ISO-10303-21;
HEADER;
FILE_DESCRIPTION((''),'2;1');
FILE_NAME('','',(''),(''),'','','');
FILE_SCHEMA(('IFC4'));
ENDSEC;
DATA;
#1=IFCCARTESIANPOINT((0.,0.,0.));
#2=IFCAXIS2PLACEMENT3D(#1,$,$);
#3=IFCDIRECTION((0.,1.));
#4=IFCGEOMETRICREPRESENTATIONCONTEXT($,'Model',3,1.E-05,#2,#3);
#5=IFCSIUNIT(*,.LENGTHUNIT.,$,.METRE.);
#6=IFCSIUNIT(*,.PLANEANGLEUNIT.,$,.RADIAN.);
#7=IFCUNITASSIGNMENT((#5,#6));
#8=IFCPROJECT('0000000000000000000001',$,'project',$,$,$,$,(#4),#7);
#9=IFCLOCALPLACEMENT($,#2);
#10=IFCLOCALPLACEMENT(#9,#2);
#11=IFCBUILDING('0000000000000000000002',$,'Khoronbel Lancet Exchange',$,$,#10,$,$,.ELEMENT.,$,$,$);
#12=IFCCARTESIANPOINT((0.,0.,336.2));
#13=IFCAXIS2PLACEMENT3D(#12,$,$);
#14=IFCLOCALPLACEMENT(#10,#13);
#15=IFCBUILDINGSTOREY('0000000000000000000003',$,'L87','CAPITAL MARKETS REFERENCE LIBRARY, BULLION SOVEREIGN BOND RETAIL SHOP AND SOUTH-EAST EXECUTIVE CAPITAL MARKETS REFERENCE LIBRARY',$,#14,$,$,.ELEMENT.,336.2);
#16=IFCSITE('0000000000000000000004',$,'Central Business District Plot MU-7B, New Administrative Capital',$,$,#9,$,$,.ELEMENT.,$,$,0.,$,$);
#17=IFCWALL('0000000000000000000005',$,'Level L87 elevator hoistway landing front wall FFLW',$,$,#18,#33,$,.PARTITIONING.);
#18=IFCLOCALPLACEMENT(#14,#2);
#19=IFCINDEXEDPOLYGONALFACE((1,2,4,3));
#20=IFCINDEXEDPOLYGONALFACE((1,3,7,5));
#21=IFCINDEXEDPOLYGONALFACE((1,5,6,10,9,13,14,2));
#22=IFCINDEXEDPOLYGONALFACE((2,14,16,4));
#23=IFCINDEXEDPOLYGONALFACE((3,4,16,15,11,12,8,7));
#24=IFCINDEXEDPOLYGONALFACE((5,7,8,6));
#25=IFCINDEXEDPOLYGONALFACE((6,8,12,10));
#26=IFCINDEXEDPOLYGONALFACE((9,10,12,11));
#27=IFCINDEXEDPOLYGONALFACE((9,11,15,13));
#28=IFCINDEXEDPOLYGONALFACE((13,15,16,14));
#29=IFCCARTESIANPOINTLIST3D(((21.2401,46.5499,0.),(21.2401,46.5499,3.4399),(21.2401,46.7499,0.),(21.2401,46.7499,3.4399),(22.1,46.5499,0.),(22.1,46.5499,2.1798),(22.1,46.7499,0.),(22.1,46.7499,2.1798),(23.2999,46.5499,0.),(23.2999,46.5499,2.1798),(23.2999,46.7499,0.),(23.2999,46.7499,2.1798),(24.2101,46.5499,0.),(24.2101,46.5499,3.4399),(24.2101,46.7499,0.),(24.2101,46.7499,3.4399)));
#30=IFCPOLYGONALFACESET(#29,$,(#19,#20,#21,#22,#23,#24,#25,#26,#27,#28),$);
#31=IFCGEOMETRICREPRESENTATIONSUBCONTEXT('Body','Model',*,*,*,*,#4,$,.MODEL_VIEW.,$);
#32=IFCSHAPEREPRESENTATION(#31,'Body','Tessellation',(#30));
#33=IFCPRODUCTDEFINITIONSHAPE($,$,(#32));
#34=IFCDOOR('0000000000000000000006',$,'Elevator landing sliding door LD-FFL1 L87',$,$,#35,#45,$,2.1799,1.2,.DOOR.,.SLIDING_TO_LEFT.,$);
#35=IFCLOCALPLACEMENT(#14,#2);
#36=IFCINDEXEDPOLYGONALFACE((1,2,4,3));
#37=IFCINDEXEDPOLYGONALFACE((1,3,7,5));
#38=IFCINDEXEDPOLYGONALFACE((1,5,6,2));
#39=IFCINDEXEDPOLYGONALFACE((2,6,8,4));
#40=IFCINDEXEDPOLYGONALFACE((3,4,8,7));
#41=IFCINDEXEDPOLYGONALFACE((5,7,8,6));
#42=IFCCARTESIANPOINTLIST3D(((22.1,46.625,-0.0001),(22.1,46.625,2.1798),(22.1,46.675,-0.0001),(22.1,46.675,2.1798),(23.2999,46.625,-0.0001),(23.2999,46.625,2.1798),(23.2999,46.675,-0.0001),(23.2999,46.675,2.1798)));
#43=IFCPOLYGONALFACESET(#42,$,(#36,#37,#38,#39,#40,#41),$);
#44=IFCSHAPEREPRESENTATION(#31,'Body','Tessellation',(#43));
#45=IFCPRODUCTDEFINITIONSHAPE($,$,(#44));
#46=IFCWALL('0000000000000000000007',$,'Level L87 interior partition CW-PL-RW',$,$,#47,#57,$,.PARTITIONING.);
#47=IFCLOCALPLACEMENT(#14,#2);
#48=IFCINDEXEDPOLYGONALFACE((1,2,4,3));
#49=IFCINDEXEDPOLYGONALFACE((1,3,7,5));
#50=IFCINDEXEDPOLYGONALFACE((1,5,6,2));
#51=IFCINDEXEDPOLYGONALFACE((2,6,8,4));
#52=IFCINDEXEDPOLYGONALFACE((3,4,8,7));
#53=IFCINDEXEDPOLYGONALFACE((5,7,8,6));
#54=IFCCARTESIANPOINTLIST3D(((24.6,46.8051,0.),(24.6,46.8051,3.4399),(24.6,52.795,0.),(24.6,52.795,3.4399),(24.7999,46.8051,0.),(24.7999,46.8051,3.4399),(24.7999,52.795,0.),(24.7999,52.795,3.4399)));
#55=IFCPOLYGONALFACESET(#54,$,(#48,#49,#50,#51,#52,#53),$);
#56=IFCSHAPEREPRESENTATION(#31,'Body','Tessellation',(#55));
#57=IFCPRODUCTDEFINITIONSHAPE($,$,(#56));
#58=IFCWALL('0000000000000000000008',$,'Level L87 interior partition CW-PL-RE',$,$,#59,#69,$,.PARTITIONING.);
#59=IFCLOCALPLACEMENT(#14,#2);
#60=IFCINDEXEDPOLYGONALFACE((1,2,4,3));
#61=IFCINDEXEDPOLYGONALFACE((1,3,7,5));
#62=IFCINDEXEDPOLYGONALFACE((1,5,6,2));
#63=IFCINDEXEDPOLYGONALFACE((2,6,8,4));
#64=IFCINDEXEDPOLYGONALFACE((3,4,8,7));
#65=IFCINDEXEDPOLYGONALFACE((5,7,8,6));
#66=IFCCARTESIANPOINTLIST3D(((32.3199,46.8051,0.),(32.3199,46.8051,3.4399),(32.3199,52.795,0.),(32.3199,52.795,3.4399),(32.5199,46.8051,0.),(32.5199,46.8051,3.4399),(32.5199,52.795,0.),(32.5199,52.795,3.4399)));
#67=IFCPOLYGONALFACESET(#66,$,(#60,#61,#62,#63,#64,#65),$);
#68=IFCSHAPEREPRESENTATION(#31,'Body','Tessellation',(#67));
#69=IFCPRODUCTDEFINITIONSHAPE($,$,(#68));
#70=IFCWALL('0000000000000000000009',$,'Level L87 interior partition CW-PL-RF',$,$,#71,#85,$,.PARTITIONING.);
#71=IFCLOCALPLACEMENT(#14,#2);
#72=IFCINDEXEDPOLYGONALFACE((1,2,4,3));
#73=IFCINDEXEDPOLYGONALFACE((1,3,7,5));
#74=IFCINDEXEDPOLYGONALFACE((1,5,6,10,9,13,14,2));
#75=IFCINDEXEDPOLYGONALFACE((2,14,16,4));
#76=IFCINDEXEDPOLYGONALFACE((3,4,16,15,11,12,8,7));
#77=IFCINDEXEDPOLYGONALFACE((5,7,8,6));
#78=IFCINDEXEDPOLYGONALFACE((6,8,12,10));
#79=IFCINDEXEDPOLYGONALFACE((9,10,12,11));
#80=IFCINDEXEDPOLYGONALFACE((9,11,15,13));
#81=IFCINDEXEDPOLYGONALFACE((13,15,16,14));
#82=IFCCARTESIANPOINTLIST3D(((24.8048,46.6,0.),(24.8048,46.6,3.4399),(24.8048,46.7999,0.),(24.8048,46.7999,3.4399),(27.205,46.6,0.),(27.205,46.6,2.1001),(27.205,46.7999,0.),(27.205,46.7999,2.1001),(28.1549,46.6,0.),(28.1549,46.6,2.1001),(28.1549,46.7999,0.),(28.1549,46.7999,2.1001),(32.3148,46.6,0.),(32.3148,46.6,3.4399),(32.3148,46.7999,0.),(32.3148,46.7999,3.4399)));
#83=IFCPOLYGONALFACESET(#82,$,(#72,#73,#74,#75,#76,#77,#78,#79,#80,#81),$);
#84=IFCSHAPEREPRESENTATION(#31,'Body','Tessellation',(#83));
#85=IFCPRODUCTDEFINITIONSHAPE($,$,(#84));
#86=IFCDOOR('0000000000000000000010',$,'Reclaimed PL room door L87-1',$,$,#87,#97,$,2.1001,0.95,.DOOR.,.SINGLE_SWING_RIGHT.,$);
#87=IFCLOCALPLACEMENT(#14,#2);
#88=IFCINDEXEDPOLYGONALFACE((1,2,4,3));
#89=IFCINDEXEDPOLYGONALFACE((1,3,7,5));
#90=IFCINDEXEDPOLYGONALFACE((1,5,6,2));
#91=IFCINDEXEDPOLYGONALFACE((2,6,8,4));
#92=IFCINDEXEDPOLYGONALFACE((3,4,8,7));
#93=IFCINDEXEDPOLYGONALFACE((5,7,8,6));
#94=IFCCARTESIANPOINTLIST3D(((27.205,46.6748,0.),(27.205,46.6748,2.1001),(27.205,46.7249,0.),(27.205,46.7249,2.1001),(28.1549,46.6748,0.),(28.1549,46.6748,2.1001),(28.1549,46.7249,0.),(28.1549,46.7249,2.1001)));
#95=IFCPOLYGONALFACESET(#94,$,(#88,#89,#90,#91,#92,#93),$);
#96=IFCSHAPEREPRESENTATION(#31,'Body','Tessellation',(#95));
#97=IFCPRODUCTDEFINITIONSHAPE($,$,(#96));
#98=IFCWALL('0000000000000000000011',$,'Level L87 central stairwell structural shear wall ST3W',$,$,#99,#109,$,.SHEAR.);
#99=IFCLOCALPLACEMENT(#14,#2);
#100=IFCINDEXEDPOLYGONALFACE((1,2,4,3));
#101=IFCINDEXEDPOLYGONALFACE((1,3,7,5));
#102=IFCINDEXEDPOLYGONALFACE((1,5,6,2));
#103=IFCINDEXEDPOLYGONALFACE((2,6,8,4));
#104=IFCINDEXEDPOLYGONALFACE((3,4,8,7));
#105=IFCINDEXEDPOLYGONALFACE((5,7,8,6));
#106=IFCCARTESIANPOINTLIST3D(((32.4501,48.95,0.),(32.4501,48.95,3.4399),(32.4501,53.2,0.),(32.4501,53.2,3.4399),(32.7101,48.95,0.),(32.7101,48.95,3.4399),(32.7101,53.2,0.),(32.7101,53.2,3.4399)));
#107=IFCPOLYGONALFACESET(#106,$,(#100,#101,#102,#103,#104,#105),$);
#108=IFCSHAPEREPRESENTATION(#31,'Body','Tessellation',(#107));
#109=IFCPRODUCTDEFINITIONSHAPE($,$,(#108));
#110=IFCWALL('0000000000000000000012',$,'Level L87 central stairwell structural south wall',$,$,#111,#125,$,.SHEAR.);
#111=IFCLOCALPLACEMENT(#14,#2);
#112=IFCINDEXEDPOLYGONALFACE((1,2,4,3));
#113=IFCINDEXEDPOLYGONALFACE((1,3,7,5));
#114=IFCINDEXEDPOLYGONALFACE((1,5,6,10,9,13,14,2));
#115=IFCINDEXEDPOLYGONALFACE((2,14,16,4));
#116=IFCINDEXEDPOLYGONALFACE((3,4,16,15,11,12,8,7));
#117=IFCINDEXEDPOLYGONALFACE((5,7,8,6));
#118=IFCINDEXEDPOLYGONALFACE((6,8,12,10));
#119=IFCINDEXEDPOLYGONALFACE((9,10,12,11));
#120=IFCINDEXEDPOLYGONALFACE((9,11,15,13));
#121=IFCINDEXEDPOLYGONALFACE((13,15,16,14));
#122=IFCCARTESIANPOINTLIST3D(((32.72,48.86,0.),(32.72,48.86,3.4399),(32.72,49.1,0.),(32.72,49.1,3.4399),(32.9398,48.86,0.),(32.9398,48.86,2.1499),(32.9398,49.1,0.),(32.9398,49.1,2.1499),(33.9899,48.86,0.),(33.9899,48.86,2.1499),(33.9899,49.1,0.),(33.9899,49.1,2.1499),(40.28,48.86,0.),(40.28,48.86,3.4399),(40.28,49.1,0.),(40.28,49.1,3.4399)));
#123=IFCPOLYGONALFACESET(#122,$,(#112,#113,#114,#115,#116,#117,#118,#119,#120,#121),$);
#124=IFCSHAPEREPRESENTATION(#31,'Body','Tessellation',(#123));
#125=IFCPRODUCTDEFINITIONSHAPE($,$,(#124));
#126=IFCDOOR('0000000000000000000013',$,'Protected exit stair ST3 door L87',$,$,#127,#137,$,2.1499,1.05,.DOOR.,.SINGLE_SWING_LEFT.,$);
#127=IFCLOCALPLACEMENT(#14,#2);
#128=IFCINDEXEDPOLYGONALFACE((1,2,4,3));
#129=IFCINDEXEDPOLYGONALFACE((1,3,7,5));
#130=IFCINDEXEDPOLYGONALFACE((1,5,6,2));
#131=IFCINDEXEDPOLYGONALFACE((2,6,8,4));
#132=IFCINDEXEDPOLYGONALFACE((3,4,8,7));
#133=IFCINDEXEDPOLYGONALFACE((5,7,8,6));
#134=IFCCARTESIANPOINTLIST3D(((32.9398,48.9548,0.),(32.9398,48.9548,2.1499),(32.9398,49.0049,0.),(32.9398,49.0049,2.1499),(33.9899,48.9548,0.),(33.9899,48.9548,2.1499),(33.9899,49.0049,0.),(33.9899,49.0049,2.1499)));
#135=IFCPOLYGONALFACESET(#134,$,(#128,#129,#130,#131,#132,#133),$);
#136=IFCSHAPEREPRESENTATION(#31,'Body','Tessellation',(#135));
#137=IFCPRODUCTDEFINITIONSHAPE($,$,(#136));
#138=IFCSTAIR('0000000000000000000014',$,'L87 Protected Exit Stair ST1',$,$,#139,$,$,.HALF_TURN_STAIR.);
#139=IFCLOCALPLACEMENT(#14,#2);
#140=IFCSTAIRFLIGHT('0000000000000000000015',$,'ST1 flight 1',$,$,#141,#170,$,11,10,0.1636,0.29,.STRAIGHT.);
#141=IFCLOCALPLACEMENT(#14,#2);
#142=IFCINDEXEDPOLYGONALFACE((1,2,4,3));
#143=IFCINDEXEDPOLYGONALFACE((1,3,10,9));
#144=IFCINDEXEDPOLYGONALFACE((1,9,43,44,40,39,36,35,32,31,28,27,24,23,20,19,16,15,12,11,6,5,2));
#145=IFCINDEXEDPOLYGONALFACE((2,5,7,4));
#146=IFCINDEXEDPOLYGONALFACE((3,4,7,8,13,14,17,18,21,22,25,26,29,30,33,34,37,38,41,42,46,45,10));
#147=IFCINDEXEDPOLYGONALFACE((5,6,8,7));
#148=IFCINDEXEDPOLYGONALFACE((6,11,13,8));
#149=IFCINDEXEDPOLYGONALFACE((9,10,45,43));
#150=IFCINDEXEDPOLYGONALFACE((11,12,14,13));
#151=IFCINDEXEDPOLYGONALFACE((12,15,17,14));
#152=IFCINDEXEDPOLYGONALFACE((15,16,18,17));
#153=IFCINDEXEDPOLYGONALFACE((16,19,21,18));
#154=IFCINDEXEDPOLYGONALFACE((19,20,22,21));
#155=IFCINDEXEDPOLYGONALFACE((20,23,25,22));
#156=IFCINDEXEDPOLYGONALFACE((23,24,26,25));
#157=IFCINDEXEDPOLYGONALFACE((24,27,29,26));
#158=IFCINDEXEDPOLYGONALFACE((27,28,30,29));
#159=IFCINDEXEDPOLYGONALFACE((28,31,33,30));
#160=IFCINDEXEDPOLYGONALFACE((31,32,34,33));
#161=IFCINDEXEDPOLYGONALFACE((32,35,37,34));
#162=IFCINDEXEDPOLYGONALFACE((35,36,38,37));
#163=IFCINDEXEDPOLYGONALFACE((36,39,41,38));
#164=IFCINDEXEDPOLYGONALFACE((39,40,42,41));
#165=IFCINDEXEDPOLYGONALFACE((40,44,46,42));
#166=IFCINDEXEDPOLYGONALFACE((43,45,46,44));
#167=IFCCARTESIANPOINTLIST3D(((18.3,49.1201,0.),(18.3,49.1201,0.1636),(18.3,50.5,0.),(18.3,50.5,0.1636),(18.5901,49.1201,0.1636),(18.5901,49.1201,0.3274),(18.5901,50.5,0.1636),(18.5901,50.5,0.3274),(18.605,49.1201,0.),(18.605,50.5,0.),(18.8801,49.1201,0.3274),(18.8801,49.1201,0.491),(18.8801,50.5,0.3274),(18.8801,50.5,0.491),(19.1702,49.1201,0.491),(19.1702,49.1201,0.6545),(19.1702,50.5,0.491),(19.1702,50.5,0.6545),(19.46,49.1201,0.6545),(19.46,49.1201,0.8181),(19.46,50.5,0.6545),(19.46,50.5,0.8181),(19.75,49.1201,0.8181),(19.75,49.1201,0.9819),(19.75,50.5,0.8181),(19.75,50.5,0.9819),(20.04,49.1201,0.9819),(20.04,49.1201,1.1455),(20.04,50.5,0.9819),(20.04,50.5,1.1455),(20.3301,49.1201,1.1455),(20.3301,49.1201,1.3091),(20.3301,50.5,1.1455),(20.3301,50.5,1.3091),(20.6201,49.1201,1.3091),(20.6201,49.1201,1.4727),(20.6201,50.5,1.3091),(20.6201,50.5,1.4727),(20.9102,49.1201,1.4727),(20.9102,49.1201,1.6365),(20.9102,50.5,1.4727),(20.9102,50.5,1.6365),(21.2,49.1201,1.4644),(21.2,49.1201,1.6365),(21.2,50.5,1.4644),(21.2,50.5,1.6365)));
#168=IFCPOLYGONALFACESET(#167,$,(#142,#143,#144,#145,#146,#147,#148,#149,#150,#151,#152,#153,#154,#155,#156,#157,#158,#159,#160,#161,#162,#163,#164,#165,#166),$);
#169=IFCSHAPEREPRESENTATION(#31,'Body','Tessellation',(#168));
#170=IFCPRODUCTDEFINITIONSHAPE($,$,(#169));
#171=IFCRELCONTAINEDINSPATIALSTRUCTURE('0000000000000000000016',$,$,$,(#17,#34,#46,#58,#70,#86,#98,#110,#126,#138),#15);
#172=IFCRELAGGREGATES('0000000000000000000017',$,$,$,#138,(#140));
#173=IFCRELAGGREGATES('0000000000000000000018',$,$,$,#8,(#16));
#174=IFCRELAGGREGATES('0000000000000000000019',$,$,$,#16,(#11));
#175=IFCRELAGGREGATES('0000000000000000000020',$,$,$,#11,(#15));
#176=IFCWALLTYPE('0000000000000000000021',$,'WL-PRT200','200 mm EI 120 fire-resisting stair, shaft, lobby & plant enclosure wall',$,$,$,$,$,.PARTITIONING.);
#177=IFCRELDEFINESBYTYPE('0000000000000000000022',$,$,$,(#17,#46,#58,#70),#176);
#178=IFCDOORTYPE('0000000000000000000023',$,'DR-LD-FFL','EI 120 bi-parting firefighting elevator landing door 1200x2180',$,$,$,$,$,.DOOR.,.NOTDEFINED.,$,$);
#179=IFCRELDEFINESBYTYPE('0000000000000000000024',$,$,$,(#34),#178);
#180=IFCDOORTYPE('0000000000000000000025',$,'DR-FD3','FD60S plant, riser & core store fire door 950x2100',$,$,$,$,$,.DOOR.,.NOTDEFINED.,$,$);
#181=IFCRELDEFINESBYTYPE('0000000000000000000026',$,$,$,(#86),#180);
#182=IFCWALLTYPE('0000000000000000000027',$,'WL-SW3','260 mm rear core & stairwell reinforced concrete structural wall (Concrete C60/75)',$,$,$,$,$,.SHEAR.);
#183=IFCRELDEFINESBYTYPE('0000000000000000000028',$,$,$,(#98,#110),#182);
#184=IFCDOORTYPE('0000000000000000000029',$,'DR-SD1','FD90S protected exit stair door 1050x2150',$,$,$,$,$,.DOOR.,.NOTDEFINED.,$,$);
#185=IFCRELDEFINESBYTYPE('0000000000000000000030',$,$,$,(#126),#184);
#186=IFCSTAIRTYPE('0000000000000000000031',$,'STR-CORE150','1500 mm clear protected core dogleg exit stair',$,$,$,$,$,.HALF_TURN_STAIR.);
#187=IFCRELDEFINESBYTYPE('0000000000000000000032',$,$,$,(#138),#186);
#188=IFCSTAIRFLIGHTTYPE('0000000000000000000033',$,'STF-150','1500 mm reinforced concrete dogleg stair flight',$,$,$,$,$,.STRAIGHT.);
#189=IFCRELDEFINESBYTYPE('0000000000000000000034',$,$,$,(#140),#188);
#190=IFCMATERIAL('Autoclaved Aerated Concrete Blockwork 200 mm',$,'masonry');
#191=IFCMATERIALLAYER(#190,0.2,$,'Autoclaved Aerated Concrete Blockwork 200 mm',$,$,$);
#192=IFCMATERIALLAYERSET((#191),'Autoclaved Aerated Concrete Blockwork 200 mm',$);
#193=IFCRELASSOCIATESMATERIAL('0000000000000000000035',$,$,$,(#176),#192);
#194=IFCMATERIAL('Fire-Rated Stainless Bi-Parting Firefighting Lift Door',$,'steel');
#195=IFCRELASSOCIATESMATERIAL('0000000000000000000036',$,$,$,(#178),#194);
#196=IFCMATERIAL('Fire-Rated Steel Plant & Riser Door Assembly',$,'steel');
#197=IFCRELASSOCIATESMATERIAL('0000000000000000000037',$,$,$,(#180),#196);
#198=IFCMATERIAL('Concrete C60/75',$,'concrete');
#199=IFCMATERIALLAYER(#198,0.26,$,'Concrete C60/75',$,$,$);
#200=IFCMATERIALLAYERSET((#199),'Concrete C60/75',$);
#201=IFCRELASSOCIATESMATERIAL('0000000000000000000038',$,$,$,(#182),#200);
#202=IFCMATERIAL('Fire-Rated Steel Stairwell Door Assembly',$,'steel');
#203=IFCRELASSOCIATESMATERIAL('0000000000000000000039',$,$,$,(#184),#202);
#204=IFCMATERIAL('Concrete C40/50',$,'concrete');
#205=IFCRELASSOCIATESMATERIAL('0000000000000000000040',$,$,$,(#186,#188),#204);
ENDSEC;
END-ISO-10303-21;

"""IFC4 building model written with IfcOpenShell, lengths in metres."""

from ifc_helpers import new_model, si_unit, direction, frame, frame_2d, origin, place, context, subcontext, project, spatial, polyline, rectangle, outline, extrude, material, layer, layer_set, type_object, element, fill, aggregate, save


model = new_model("IFC4")

# Units and contexts
model_context = context("Model", 3, precision=1e-05, world=origin(), true_north=direction((0.0, 1.0)))
body_context = subcontext(model_context, "Body", "Model", "MODEL_VIEW")
ifc_project = project(units=[si_unit("LENGTHUNIT", "METRE"), si_unit("PLANEANGLEUNIT", "RADIAN")], contexts=[model_context])

# Site, building, storey
site_placement = place(None, origin())
site = spatial("IfcSite", under=ifc_project, at=site_placement, Name="Central Business District Plot MU-7B, New Administrative Capital", CompositionType="ELEMENT", RefElevation=0.0)
building_placement = place(site_placement, origin())
building = spatial("IfcBuilding", under=site, at=building_placement, Name="Khoronbel Lancet Exchange", CompositionType="ELEMENT")
storey_placement = place(building_placement, frame((0.0, 0.0, 336.2)))
storey = spatial("IfcBuildingStorey", under=building, at=storey_placement, Name="L87", Description="CAPITAL MARKETS REFERENCE LIBRARY, BULLION SOVEREIGN BOND RETAIL SHOP AND SOUTH-EAST EXECUTIVE CAPITAL MARKETS REFERENCE LIBRARY", CompositionType="ELEMENT", Elevation=336.2)

# Wall, opening, door
ifc_material_1 = material(Name="Autoclaved Aerated Concrete Blockwork 200 mm", Category="masonry")
ifc_layer_1 = layer(ifc_material_1, 0.2, Name="Autoclaved Aerated Concrete Blockwork 200 mm")
ifc_layer_set_1 = layer_set([ifc_layer_1], Name="Autoclaved Aerated Concrete Blockwork 200 mm")
wall_type_1 = type_object("IfcWallType", Name="WL-PRT200", Description="200 mm EI 120 fire-resisting stair, shaft, lobby & plant enclosure wall", PredefinedType="PARTITIONING", material=ifc_layer_set_1)
wall_1_placement = place(storey_placement, frame((24.21, 46.6499, 0.0), z_axis=(0.0, 0.0, 1.0), x_axis=(-1.0, 0.0, 0.0)))
wall_1 = element("IfcWall", 1, at=wall_1_placement, inside=storey, type_object=wall_type_1, Name="Level L87 elevator hoistway landing front wall FFLW", PredefinedType="PARTITIONING", context=body_context, shape_type="SweptSolid", body=[
    extrude(rectangle(XDim=2.97, YDim=0.2, at=frame_2d((1.4849, 0.0))), origin(), (0.0, 0.0, 1.0), 3.4399),
])
opening_1_placement = place(wall_1_placement, frame((0.9099, 0.0, 0.0)))
opening_1 = element("IfcOpeningElement", 2, at=opening_1_placement, cuts=wall_1, PredefinedType="OPENING", context=body_context, shape_type="SweptSolid", body=[
    extrude(rectangle(XDim=1.2, YDim=2.1799, at=frame_2d((0.6001, 1.0898))), frame((0.0, 0.1099, 0.0), z_axis=(0.0, -1.0, 0.0), x_axis=(1.0, 0.0, 0.0)), (0.0, 0.0, 1.0), 0.22),
])
ifc_material_2 = material(Name="Fire-Rated Stainless Bi-Parting Firefighting Lift Door", Category="steel")
door_type_1 = type_object("IfcDoorType", Name="DR-LD-FFL", Description="EI 120 bi-parting firefighting elevator landing door 1200x2180", OperationType="NOTDEFINED", PredefinedType="DOOR", material=ifc_material_2)
door_1_placement = place(opening_1_placement, origin())
door_1 = element("IfcDoor", 3, at=door_1_placement, inside=storey, type_object=door_type_1, Name="Elevator landing sliding door LD-FFL1 L87", OperationType="SLIDING_TO_LEFT", OverallHeight=2.1799, OverallWidth=1.2, PredefinedType="DOOR", context=body_context, shape_type="SweptSolid", body=[
    extrude(rectangle(XDim=1.2, YDim=2.1799, at=frame_2d((0.6001, 1.0898))), frame((0.0, 0.0249, 0.0), z_axis=(0.0, -1.0, 0.0), x_axis=(1.0, 0.0, 0.0)), (0.0, 0.0, 1.0), 0.05),
])
fill(opening_1, door_1)

# Walls
for number, where, z_axis, x_axis, name in (
    (4, (24.7, 46.8049, 0.0), (0.0, 0.0, 1.0), (0.0, 1.0, 0.0), "Level L87 interior partition CW-PL-RW"),
    (5, (32.4199, 46.8049, 0.0), (0.0, 0.0, 1.0), (0.0, 1.0, 0.0), "Level L87 interior partition CW-PL-RE"),
):
    element("IfcWall", number, at=place(storey_placement, frame(where, z_axis=z_axis, x_axis=x_axis)), inside=storey, type_object=wall_type_1, Name=name, PredefinedType="PARTITIONING", context=body_context, shape_type="SweptSolid", body=[
        extrude(rectangle(XDim=5.99, YDim=0.2, at=frame_2d((2.9951, 0.0))), origin(), (0.0, 0.0, 1.0), 3.4399),
    ])

# Wall, opening, door
wall_2_placement = place(storey_placement, frame((24.8049, 46.7, 0.0), z_axis=(0.0, 0.0, 1.0), x_axis=(1.0, 0.0, 0.0)))
wall_2 = element("IfcWall", 6, at=wall_2_placement, inside=storey, type_object=wall_type_1, Name="Level L87 interior partition CW-PL-RF", PredefinedType="PARTITIONING", context=body_context, shape_type="SweptSolid", body=[
    extrude(rectangle(XDim=7.51, YDim=0.2, at=frame_2d((3.7549, 0.0))), origin(), (0.0, 0.0, 1.0), 3.4399),
])
opening_2_placement = place(wall_2_placement, frame((2.3999, 0.0, 0.0)))
opening_2 = element("IfcOpeningElement", 7, at=opening_2_placement, cuts=wall_2, PredefinedType="OPENING", context=body_context, shape_type="SweptSolid", body=[
    extrude(rectangle(XDim=0.95, YDim=2.1001, at=frame_2d((0.4751, 1.05))), frame((0.0, 0.1099, 0.0), z_axis=(0.0, -1.0, 0.0), x_axis=(1.0, 0.0, 0.0)), (0.0, 0.0, 1.0), 0.22),
])
ifc_material_3 = material(Name="Fire-Rated Steel Plant & Riser Door Assembly", Category="steel")
door_type_2 = type_object("IfcDoorType", Name="DR-FD3", Description="FD60S plant, riser & core store fire door 950x2100", OperationType="NOTDEFINED", PredefinedType="DOOR", material=ifc_material_3)
door_2_placement = place(opening_2_placement, origin())
door_2 = element("IfcDoor", 8, at=door_2_placement, inside=storey, type_object=door_type_2, Name="Reclaimed PL room door L87-1", OperationType="SINGLE_SWING_RIGHT", OverallHeight=2.1001, OverallWidth=0.95, PredefinedType="DOOR", context=body_context, shape_type="SweptSolid", body=[
    extrude(rectangle(XDim=0.95, YDim=2.1001, at=frame_2d((0.4751, 1.05))), frame((0.0, 0.0249, 0.0), z_axis=(0.0, -1.0, 0.0), x_axis=(1.0, 0.0, 0.0)), (0.0, 0.0, 1.0), 0.05),
])
fill(opening_2, door_2)

# Wall
ifc_material_4 = material(Name="Concrete C60/75", Category="concrete")
ifc_layer_2 = layer(ifc_material_4, 0.26, Name="Concrete C60/75")
ifc_layer_set_2 = layer_set([ifc_layer_2], Name="Concrete C60/75")
wall_type_2 = type_object("IfcWallType", Name="WL-SW3", Description="260 mm rear core & stairwell reinforced concrete structural wall (Concrete C60/75)", PredefinedType="SHEAR", material=ifc_layer_set_2)
wall_3_placement = place(storey_placement, frame((32.5801, 48.95, 0.0), z_axis=(0.0, 0.0, 1.0), x_axis=(0.0, 1.0, 0.0)))
element("IfcWall", 9, at=wall_3_placement, inside=storey, type_object=wall_type_2, Name="Level L87 central stairwell structural shear wall ST3W", PredefinedType="SHEAR", context=body_context, shape_type="SweptSolid", body=[
    extrude(rectangle(XDim=4.25, YDim=0.26, at=frame_2d((2.125, 0.0))), origin(), (0.0, 0.0, 1.0), 3.4399),
])

# Wall, opening, door
wall_4_placement = place(storey_placement, frame((32.72, 48.98, 0.0), z_axis=(0.0, 0.0, 1.0), x_axis=(1.0, 0.0, 0.0)))
wall_4 = element("IfcWall", 10, at=wall_4_placement, inside=storey, type_object=wall_type_2, Name="Level L87 central stairwell structural south wall", PredefinedType="SHEAR", context=body_context, shape_type="SweptSolid", body=[
    extrude(rectangle(XDim=7.5601, YDim=0.24, at=frame_2d((3.78, 0.0))), origin(), (0.0, 0.0, 1.0), 3.4399),
])
opening_3_placement = place(wall_4_placement, frame((0.22, 0.0, 0.0)))
opening_3 = element("IfcOpeningElement", 11, at=opening_3_placement, cuts=wall_4, PredefinedType="OPENING", context=body_context, shape_type="SweptSolid", body=[
    extrude(rectangle(XDim=1.05, YDim=2.1499, at=frame_2d((0.5249, 1.075))), frame((0.0, 0.1299, 0.0), z_axis=(0.0, -1.0, 0.0), x_axis=(1.0, 0.0, 0.0)), (0.0, 0.0, 1.0), 0.26),
])
ifc_material_5 = material(Name="Fire-Rated Steel Stairwell Door Assembly", Category="steel")
door_type_3 = type_object("IfcDoorType", Name="DR-SD1", Description="FD90S protected exit stair door 1050x2150", OperationType="NOTDEFINED", PredefinedType="DOOR", material=ifc_material_5)
door_3_placement = place(opening_3_placement, origin())
door_3 = element("IfcDoor", 12, at=door_3_placement, inside=storey, type_object=door_type_3, Name="Protected exit stair ST3 door L87", OperationType="SINGLE_SWING_LEFT", OverallHeight=2.1499, OverallWidth=1.05, PredefinedType="DOOR", context=body_context, shape_type="SweptSolid", body=[
    extrude(rectangle(XDim=1.05, YDim=2.1499, at=frame_2d((0.5249, 1.075))), frame((0.0, 0.0249, 0.0), z_axis=(0.0, -1.0, 0.0), x_axis=(1.0, 0.0, 0.0)), (0.0, 0.0, 1.0), 0.05),
])
fill(opening_3, door_3)

# Stair, stair flight
ifc_material_6 = material(Name="Concrete C40/50", Category="concrete")
stair_type = type_object("IfcStairType", Name="STR-CORE150", Description="1500 mm clear protected core dogleg exit stair", PredefinedType="HALF_TURN_STAIR", material=ifc_material_6)
stair_placement = place(storey_placement, origin())
stair = element("IfcStair", 13, at=stair_placement, inside=storey, type_object=stair_type, Name="L87 Protected Exit Stair ST1", PredefinedType="HALF_TURN_STAIR")
stair_flight_type = type_object("IfcStairFlightType", Name="STF-150", Description="1500 mm reinforced concrete dogleg stair flight", PredefinedType="STRAIGHT", material=ifc_material_6)
stair_flight_1_placement = place(storey_placement, frame((18.3, 49.8101, 0.0), z_axis=(0.0, 0.0, 1.0), x_axis=(1.0, 0.0, 0.0)))
stair_flight_1 = element("IfcStairFlight", 14, at=stair_flight_1_placement, type_object=stair_flight_type, Name="ST1 flight 1", NumberOfRisers=11, NumberOfTreads=10, PredefinedType="STRAIGHT", RiserHeight=0.1636, TreadLength=0.29, context=body_context, shape_type="SweptSolid", body=[
    extrude(outline(polyline([(0.0, 0.0), (0.0, 0.1636), (0.29, 0.1636), (0.29, 0.3274), (0.5801, 0.3274), (0.5801, 0.491), (0.8701, 0.491), (0.8701, 0.6545), (1.1599, 0.6545), (1.1599, 0.8181), (1.45, 0.8181), (1.45, 0.9819), (1.74, 0.9819), (1.74, 1.1455), (2.03, 1.1455), (2.03, 1.3091), (2.3201, 1.3091), (2.3201, 1.4727), (2.6101, 1.4727), (2.6101, 1.6365), (2.8999, 1.6365), (2.8999, 1.8), (2.8999, 1.4644), (0.3049, 0.0), (0.0, 0.0)])), frame((0.0, 0.6899, 0.0), z_axis=(0.0, -1.0, 0.0), x_axis=(1.0, 0.0, 0.0)), (0.0, 0.0, 1.0), 1.3799),
])
aggregate(stair, [stair_flight_1])

save(model, "model.ifc")
